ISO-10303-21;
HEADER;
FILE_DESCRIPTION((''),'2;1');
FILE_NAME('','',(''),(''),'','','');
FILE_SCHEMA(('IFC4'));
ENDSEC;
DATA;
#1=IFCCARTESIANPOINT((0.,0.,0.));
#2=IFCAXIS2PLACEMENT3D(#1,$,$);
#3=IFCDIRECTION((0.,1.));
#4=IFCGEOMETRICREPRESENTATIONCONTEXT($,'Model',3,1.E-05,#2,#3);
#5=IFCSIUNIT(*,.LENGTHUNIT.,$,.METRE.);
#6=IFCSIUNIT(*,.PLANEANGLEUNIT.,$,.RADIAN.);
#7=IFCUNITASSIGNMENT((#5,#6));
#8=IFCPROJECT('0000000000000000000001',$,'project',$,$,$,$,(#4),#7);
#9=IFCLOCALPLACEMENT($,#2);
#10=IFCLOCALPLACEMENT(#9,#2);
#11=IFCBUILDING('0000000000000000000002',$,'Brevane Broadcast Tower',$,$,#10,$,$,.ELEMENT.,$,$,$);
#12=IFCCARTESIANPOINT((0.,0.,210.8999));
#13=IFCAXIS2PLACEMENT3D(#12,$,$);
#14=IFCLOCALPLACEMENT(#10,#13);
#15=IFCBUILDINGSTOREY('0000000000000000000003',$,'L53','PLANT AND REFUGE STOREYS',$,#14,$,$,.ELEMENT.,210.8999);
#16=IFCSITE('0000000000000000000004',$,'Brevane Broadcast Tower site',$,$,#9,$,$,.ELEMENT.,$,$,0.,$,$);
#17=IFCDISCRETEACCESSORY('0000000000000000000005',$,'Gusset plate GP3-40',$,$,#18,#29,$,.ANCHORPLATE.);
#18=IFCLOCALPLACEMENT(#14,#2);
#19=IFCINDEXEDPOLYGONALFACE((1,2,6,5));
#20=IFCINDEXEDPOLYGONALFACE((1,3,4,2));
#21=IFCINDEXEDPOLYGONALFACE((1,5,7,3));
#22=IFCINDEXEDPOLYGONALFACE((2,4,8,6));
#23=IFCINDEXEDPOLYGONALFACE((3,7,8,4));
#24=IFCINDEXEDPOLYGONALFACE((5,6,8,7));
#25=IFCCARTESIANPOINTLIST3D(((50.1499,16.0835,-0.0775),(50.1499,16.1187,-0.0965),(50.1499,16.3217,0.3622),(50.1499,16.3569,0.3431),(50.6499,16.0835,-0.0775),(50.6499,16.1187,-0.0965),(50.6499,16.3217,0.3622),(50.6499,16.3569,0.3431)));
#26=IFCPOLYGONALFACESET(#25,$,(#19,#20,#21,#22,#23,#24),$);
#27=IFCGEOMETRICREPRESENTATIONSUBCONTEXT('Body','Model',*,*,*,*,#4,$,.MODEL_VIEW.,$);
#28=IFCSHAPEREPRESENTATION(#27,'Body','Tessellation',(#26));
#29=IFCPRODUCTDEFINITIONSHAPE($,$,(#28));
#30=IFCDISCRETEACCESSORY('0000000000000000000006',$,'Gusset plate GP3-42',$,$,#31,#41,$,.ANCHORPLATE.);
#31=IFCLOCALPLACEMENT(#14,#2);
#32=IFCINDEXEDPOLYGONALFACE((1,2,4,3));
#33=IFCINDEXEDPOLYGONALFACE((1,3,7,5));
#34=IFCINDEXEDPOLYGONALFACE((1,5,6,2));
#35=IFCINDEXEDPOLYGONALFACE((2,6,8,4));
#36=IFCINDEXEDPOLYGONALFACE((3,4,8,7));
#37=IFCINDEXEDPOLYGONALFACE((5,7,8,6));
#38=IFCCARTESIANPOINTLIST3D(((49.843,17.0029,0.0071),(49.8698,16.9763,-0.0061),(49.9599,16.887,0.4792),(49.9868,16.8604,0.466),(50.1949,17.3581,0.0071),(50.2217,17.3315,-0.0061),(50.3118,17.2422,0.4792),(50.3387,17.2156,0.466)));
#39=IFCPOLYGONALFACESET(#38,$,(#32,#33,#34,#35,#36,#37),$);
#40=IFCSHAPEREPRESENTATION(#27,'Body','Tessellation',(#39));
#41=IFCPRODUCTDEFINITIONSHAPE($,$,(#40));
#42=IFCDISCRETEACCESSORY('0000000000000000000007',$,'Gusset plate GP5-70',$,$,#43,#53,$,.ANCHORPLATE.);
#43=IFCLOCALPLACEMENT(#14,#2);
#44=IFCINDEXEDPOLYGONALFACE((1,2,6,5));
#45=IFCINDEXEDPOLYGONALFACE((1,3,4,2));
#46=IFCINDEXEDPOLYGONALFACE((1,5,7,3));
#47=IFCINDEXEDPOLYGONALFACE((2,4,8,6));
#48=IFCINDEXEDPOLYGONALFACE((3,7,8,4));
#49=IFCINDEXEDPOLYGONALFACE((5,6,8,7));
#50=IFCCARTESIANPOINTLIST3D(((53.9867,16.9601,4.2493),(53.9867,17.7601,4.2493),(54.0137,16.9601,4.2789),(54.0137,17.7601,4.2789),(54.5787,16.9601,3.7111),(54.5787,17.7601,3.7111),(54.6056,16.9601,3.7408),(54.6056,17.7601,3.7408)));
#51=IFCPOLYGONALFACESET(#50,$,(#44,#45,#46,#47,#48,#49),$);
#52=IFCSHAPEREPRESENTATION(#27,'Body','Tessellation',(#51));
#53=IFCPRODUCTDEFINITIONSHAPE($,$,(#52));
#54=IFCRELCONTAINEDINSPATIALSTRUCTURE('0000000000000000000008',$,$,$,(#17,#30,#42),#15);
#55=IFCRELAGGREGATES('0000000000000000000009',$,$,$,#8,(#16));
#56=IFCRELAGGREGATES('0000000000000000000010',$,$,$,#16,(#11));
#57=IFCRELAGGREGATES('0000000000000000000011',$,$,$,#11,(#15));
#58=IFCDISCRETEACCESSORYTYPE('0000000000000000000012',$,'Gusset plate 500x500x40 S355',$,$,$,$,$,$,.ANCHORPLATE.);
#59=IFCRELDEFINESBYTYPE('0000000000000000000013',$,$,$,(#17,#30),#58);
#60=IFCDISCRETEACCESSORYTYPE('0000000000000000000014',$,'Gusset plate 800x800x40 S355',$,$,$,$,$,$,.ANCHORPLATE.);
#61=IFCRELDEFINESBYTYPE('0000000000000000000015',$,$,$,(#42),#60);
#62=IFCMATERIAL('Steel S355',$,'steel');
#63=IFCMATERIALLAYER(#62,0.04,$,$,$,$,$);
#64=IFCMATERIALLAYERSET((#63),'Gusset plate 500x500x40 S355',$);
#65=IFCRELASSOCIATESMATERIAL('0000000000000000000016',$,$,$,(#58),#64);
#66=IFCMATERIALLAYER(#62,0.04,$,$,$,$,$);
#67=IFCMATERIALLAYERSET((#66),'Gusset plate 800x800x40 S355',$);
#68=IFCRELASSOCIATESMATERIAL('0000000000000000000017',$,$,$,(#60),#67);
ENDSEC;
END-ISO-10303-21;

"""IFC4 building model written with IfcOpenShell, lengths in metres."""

from ifc_helpers import new_model, si_unit, direction, frame, origin, origin_2d, place, context, subcontext, project, spatial, rectangle, extrude, material, layer, layer_set, type_object, element, save


model = new_model("IFC4")

# Units and contexts
model_context = context("Model", 3, precision=1e-05, world=origin(), true_north=direction((0.0, 1.0)))
body_context = subcontext(model_context, "Body", "Model", "MODEL_VIEW")
ifc_project = project(units=[si_unit("LENGTHUNIT", "METRE"), si_unit("PLANEANGLEUNIT", "RADIAN")], contexts=[model_context])

# Site, building, storey
site_placement = place(None, origin())
site = spatial("IfcSite", under=ifc_project, at=site_placement, Name="Brevane Broadcast Tower site", CompositionType="ELEMENT", RefElevation=0.0)
building_placement = place(site_placement, origin())
building = spatial("IfcBuilding", under=site, at=building_placement, Name="Brevane Broadcast Tower", CompositionType="ELEMENT")
storey_placement = place(building_placement, frame((0.0, 0.0, 210.8999)))
storey = spatial("IfcBuildingStorey", under=building, at=storey_placement, Name="L53", Description="PLANT AND REFUGE STOREYS", CompositionType="ELEMENT", Elevation=210.8999)

# Shared definitions
ifc_material_1 = material(Name="Steel S355", Category="steel")

# Discrete accessories
ifc_layer_1 = layer(ifc_material_1, 0.04)
ifc_layer_set_1 = layer_set([ifc_layer_1], Name="Gusset plate 500x500x40 S355")
discrete_accessory_type_1 = type_object("IfcDiscreteAccessoryType", Name="Gusset plate 500x500x40 S355", PredefinedType="ANCHORPLATE", material=ifc_layer_set_1)
for number, where, z_axis, x_axis, name in (
    (1, (50.3999, 16.2378, 0.1233), (0.0, -0.879292, 0.476283), (1.0, 0.0, 0.0), "Gusset plate GP3-40"),
    (2, (50.1042, 17.0959, 0.23), (-0.670719, 0.664622, 0.329262), (-0.703871, -0.710328, 0.0), "Gusset plate GP3-42"),
):
    element("IfcDiscreteAccessory", number, at=place(storey_placement, frame(where, z_axis=z_axis, x_axis=x_axis)), inside=storey, type_object=discrete_accessory_type_1, Name=name, PredefinedType="ANCHORPLATE", context=body_context, shape_type="SweptSolid", body=[
        extrude(rectangle(XDim=0.5, YDim=0.5, at=origin_2d()), origin(), (0.0, 0.0, 1.0), 0.04),
    ])
ifc_layer_2 = layer(ifc_material_1, 0.04)
ifc_layer_set_2 = layer_set([ifc_layer_2], Name="Gusset plate 800x800x40 S355")
discrete_accessory_type_2 = type_object("IfcDiscreteAccessoryType", Name="Gusset plate 800x800x40 S355", PredefinedType="ANCHORPLATE", material=ifc_layer_set_2)
discrete_accessory_placement = place(storey_placement, frame((54.2827, 17.3601, 3.9802), z_axis=(0.672673, 0.0, 0.73994), x_axis=(0.0, 1.0, 0.0)))
element("IfcDiscreteAccessory", 3, at=discrete_accessory_placement, inside=storey, type_object=discrete_accessory_type_2, Name="Gusset plate GP5-70", PredefinedType="ANCHORPLATE", context=body_context, shape_type="SweptSolid", body=[
    extrude(rectangle(XDim=0.8, YDim=0.8, at=origin_2d()), origin(), (0.0, 0.0, 1.0), 0.04),
])

save(model, "model.ifc")
